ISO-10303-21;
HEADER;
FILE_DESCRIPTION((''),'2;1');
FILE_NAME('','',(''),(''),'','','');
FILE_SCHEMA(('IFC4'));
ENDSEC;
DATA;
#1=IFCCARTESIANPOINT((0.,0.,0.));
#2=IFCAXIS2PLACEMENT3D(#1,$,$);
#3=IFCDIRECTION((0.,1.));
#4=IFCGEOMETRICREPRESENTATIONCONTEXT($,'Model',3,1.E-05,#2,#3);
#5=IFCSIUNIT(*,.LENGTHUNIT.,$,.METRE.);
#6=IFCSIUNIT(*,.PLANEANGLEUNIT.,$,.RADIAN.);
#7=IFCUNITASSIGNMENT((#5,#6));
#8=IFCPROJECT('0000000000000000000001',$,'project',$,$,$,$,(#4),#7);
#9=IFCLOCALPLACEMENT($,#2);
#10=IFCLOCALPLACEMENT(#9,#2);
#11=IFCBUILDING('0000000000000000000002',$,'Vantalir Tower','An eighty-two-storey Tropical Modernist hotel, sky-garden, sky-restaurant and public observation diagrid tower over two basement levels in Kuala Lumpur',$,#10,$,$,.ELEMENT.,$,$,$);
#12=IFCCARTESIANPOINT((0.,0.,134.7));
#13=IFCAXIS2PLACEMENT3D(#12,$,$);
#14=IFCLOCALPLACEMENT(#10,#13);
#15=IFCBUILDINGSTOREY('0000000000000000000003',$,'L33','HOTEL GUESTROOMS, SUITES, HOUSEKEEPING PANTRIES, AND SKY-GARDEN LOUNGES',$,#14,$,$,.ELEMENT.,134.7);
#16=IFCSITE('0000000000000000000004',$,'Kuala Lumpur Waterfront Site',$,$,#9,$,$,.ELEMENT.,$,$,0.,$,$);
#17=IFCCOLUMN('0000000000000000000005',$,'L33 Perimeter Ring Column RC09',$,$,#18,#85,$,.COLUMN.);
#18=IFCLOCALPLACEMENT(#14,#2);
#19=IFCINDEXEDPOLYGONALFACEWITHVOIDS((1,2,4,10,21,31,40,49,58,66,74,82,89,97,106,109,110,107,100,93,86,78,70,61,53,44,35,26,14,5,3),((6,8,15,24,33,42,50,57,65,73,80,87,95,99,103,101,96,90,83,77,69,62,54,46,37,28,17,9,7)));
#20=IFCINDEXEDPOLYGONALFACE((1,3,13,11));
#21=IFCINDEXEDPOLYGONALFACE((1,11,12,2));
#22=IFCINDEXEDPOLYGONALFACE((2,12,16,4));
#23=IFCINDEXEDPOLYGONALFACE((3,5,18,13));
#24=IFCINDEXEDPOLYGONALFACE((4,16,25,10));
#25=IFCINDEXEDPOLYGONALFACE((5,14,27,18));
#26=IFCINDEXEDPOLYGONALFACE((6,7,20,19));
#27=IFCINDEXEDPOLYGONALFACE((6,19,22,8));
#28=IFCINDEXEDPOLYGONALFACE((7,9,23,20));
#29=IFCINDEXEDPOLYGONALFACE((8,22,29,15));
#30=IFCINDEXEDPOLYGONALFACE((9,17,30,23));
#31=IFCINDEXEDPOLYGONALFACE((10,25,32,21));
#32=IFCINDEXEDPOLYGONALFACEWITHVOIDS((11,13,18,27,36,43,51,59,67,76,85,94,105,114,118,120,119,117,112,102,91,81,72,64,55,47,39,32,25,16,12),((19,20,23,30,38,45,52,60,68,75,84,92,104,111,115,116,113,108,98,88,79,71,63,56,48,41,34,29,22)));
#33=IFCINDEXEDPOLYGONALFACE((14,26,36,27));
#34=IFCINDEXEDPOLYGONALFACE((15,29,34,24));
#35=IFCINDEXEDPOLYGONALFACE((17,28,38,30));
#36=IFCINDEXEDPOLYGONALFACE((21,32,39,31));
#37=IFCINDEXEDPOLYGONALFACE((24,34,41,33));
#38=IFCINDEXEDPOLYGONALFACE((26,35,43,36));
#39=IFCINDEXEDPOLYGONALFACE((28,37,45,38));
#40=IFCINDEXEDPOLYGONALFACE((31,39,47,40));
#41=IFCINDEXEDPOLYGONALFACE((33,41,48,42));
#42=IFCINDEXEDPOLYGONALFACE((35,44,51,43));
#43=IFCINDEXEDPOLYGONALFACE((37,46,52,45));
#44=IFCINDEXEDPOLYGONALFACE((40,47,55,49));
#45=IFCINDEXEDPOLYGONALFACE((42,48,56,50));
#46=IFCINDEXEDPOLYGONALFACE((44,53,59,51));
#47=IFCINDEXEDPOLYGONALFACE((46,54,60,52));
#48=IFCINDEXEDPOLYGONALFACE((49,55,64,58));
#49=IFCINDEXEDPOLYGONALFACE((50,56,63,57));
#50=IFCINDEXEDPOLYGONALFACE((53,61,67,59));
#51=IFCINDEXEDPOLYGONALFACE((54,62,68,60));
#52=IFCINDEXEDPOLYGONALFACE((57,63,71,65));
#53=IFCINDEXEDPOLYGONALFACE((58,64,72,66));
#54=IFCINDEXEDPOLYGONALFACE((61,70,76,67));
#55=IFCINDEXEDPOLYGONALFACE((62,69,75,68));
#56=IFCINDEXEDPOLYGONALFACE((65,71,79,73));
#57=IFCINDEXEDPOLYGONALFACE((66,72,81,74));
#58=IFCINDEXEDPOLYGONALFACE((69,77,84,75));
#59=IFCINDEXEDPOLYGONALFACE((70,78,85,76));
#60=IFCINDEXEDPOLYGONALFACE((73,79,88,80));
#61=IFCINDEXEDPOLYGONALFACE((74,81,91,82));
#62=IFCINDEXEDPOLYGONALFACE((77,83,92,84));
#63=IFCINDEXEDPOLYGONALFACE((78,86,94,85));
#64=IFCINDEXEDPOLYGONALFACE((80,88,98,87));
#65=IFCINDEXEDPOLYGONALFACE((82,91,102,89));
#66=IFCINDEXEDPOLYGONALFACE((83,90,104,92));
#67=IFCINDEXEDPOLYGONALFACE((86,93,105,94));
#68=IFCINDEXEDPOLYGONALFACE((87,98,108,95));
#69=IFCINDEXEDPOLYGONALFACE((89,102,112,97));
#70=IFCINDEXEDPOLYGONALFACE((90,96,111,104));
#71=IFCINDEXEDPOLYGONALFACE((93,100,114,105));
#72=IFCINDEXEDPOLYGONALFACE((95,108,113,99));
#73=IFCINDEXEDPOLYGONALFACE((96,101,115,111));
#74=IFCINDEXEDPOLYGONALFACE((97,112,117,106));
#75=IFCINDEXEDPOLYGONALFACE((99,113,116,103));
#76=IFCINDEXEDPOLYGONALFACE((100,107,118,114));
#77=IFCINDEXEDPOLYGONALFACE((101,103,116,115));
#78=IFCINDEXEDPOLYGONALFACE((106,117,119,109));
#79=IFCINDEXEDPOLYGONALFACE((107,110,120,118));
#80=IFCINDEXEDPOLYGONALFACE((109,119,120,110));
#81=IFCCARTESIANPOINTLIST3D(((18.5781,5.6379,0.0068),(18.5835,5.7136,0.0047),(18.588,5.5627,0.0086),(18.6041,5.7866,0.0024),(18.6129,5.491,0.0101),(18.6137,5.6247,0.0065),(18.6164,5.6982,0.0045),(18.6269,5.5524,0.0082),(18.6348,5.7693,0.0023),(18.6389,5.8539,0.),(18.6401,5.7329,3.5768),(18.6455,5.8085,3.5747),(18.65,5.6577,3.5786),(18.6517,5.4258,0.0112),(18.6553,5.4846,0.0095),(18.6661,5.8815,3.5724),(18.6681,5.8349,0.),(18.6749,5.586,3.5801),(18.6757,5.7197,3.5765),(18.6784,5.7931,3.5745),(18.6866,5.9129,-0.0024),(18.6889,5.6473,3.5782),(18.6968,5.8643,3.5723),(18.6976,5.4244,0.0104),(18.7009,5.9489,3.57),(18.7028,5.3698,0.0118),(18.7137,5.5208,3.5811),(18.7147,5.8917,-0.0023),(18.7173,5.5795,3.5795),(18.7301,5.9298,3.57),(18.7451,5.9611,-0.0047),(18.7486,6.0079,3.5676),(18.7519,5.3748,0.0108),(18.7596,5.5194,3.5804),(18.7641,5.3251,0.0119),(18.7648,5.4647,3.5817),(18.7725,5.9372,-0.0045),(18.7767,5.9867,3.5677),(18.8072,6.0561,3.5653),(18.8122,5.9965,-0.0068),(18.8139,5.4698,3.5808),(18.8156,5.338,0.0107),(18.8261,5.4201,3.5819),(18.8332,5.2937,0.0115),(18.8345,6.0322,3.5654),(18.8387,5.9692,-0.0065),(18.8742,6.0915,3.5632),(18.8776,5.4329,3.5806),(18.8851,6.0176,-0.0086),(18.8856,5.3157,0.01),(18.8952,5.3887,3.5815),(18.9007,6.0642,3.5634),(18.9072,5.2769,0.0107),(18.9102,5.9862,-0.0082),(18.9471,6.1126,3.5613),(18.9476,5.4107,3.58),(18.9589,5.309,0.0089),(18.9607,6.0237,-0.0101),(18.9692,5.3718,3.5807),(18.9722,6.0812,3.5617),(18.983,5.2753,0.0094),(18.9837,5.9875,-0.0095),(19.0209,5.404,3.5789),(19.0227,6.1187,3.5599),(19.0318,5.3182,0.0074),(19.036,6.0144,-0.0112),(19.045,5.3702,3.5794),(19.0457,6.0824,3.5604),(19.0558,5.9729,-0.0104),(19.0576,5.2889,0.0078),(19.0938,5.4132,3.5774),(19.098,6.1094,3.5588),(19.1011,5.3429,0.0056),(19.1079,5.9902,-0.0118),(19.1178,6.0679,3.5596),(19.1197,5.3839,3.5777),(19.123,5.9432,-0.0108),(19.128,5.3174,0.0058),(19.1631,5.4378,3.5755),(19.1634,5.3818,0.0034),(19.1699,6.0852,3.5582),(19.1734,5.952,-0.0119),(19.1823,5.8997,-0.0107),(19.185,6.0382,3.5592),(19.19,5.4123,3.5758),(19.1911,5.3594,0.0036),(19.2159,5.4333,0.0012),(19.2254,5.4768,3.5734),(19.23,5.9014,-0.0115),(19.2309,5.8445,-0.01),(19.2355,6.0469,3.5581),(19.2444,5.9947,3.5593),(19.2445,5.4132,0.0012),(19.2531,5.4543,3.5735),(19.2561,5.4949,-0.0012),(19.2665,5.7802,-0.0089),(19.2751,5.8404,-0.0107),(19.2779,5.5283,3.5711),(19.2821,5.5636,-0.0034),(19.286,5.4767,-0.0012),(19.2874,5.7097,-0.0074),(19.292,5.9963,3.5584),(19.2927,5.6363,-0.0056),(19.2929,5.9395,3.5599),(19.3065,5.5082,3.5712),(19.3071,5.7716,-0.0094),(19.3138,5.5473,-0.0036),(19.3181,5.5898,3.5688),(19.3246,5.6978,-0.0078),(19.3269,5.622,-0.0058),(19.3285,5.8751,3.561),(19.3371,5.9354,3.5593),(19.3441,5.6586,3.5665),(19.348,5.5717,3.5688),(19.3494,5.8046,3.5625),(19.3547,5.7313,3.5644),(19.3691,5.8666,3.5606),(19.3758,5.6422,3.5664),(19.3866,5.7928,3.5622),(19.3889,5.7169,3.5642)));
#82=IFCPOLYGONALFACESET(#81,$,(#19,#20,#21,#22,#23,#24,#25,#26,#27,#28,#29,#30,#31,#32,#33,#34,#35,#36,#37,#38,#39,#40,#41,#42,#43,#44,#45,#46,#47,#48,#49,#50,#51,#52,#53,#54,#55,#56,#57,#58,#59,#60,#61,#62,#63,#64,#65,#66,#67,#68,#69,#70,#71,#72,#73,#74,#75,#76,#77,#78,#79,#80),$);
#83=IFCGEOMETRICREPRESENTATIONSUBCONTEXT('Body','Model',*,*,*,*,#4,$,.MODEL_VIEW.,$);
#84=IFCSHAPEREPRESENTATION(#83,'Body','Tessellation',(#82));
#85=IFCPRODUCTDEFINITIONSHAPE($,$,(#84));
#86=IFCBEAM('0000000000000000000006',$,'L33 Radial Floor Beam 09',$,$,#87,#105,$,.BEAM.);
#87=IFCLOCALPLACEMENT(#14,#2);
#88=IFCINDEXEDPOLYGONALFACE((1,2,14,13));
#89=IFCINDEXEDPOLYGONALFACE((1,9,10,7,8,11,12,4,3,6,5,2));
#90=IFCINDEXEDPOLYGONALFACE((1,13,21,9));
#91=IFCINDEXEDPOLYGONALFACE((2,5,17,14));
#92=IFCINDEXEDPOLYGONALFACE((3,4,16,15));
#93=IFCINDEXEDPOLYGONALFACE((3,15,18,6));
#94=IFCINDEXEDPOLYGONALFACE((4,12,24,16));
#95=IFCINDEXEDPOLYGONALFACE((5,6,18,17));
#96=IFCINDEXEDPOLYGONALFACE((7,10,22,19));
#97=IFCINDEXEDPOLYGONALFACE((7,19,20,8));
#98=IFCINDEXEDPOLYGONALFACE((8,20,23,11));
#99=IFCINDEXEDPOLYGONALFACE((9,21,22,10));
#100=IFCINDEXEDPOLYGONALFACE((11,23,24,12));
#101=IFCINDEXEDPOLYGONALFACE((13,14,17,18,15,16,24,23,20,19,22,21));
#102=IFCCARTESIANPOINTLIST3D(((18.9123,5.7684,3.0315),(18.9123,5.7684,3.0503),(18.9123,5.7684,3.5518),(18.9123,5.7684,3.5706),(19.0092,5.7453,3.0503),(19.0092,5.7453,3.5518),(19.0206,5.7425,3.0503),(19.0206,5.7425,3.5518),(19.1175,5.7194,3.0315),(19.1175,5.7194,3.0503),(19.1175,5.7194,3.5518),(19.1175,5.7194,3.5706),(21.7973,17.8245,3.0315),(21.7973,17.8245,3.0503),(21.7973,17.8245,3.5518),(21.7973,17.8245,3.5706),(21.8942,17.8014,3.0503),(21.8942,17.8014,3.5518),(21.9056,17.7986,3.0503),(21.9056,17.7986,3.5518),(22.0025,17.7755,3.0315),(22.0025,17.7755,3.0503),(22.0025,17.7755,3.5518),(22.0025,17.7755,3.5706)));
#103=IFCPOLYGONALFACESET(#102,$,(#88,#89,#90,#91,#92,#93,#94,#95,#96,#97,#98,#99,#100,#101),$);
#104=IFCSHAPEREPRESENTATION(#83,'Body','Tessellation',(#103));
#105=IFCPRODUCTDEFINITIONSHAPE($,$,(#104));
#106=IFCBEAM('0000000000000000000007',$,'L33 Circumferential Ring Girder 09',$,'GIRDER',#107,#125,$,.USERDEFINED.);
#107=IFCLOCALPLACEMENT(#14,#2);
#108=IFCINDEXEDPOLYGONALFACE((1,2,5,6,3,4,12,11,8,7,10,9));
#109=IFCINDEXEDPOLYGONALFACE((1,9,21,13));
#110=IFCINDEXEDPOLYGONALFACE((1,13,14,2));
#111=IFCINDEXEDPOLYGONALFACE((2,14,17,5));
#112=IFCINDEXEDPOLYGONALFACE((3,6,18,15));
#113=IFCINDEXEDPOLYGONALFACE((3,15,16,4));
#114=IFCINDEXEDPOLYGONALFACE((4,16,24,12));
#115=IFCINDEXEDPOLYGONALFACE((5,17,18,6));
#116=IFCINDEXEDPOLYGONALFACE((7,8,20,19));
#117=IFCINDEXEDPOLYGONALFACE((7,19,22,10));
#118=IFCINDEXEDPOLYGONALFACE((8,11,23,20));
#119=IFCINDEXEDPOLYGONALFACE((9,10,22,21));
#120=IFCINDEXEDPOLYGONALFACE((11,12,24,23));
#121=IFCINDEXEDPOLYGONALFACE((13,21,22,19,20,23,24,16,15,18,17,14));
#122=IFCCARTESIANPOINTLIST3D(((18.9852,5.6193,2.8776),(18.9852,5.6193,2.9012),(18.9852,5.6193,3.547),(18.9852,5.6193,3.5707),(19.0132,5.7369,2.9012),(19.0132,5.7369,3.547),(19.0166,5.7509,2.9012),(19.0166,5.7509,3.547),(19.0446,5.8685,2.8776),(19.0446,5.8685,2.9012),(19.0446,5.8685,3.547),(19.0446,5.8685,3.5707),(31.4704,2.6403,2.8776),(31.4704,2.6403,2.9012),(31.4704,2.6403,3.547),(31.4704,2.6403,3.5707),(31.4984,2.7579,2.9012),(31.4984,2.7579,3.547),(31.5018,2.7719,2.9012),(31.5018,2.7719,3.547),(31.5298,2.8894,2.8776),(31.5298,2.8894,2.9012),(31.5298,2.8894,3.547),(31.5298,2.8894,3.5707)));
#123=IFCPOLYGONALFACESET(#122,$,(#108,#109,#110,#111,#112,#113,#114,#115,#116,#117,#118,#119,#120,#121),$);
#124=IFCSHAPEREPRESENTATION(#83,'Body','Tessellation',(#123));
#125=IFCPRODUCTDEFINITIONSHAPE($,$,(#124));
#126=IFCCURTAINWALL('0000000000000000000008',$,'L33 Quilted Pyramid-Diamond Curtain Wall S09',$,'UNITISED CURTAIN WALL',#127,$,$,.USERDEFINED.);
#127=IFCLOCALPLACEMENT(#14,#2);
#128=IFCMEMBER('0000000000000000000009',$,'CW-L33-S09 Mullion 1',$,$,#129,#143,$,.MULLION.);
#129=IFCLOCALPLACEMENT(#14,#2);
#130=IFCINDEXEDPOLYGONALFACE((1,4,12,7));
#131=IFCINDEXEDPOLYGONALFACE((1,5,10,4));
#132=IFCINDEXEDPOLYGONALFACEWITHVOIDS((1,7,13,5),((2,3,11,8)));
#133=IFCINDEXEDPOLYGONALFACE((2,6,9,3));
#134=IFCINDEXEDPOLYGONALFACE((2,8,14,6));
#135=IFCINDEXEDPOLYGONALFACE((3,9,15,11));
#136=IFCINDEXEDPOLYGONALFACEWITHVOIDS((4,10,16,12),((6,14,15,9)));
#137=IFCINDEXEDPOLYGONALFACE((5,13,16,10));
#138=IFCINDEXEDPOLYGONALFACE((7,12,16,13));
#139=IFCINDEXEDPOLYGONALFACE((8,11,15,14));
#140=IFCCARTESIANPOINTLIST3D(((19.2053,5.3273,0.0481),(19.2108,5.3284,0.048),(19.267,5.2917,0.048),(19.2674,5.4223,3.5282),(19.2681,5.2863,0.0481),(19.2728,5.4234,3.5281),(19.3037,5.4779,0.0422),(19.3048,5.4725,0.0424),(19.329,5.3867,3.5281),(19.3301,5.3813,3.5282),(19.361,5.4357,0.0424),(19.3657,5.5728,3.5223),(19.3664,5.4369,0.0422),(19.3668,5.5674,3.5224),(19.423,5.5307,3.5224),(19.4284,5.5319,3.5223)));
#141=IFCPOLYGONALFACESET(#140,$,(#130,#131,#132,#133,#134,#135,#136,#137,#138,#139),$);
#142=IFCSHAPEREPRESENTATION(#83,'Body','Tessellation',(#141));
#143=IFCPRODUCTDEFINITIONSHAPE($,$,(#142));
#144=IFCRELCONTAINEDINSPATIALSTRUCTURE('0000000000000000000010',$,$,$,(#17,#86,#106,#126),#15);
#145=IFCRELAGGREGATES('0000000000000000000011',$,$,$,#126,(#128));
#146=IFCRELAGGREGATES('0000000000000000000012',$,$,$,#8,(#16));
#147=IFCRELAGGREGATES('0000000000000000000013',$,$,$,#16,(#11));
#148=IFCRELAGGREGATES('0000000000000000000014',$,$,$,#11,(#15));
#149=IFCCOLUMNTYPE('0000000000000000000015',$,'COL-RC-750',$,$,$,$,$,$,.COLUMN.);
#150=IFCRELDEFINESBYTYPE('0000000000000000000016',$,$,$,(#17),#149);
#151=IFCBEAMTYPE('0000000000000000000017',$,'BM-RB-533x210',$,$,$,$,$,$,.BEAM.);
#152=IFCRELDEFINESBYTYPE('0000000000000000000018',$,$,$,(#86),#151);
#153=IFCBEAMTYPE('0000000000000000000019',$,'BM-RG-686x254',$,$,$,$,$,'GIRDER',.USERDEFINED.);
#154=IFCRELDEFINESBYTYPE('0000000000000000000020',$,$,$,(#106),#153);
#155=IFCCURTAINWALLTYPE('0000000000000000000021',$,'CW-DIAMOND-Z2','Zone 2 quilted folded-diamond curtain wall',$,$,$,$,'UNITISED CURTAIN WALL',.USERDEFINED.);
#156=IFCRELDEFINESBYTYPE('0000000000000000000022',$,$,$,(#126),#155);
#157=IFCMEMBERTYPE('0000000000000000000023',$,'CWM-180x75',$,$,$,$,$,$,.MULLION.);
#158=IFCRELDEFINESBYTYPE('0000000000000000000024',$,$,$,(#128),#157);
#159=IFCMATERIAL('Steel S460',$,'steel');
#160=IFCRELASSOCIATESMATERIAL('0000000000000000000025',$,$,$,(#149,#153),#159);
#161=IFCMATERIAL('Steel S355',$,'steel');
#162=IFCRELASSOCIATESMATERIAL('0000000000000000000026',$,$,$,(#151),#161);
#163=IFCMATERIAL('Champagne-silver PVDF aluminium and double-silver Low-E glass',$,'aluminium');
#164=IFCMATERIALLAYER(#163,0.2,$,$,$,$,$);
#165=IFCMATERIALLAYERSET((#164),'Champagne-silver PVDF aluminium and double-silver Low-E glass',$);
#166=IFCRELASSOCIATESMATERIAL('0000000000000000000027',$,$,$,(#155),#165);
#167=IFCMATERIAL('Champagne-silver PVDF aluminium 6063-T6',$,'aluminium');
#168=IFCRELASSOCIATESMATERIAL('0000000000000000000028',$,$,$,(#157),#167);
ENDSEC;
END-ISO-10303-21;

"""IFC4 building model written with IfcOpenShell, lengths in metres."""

from ifc_helpers import new_model, si_unit, direction, frame, origin, origin_2d, place, context, subcontext, project, spatial, hollow_rectangle, hollow_circle, i_section, extrude, material, layer, layer_set, material_profile, profile_set, type_object, element, aggregate, save


model = new_model("IFC4")

# Units and contexts
model_context = context("Model", 3, precision=1e-05, world=origin(), true_north=direction((0.0, 1.0)))
body_context = subcontext(model_context, "Body", "Model", "MODEL_VIEW")
ifc_project = project(units=[si_unit("LENGTHUNIT", "METRE"), si_unit("PLANEANGLEUNIT", "RADIAN")], contexts=[model_context])

# Site, building, storey
site_placement = place(None, origin())
site = spatial("IfcSite", under=ifc_project, at=site_placement, Name="Kuala Lumpur Waterfront Site", CompositionType="ELEMENT", RefElevation=0.0)
building_placement = place(site_placement, origin())
building = spatial("IfcBuilding", under=site, at=building_placement, Name="Vantalir Tower", Description="An eighty-two-storey Tropical Modernist hotel, sky-garden, sky-restaurant and public observation diagrid tower over two basement levels in Kuala Lumpur", CompositionType="ELEMENT")
storey_placement = place(building_placement, frame((0.0, 0.0, 134.7)))
storey = spatial("IfcBuildingStorey", under=building, at=storey_placement, Name="L33", Description="HOTEL GUESTROOMS, SUITES, HOUSEKEEPING PANTRIES, AND SKY-GARDEN LOUNGES", CompositionType="ELEMENT", Elevation=134.7)

# Column
ifc_material_1 = material(Name="Steel S460", Category="steel")
ifc_material_profile_1 = material_profile(ifc_material_1, hollow_circle(Radius=0.375, WallThickness=0.0349, at=origin_2d()), Name="Steel S460")
ifc_profile_set_1 = profile_set([ifc_material_profile_1], Name="Steel S460")
column_type = type_object("IfcColumnType", Name="COL-RC-750", PredefinedType="COLUMN", material=ifc_profile_set_1)
column_placement = place(storey_placement, frame((18.9529, 5.6489, 0.0), z_axis=(0.017361, 0.026589, 0.999496), x_axis=(-0.837311, 0.546727, 0.0)))
element("IfcColumn", 1, at=column_placement, inside=storey, type_object=column_type, Name="L33 Perimeter Ring Column RC09", PredefinedType="COLUMN", context=body_context, shape_type="SweptSolid", body=[
    extrude(hollow_circle(Radius=0.375, WallThickness=0.0349, at=origin_2d()), origin(), (0.0, 0.0, 1.0), 3.5718),
])

# Beams
ifc_material_2 = material(Name="Steel S355", Category="steel")
ifc_material_profile_2 = material_profile(ifc_material_2, i_section(OverallWidth=0.2109, OverallDepth=0.5391, WebThickness=0.0117, FlangeThickness=0.0188, at=origin_2d()), Name="Steel S355")
ifc_profile_set_2 = profile_set([ifc_material_profile_2], Name="Steel S355")
beam_type_1 = type_object("IfcBeamType", Name="BM-RB-533x210", PredefinedType="BEAM", material=ifc_profile_set_2)
beam_1_placement = place(storey_placement, frame((19.0149, 5.7439, 3.301), z_axis=(0.232727, 0.972542, 0.0), x_axis=(-0.972542, 0.232727, 0.0)))
element("IfcBeam", 2, at=beam_1_placement, inside=storey, type_object=beam_type_1, Name="L33 Radial Floor Beam 09", PredefinedType="BEAM", context=body_context, shape_type="SweptSolid", body=[
    extrude(i_section(OverallWidth=0.2109, OverallDepth=0.5391, WebThickness=0.0117, FlangeThickness=0.0188, at=origin_2d()), origin(), (0.0, 0.0, 1.0), 12.3965),
])
ifc_material_profile_3 = material_profile(ifc_material_1, i_section(OverallWidth=0.2561, OverallDepth=0.6931, WebThickness=0.0144, FlangeThickness=0.0237, at=origin_2d()), Name="Steel S460")
ifc_profile_set_3 = profile_set([ifc_material_profile_3], Name="Steel S460")
beam_type_2 = type_object("IfcBeamType", Name="BM-RG-686x254", ElementType="GIRDER", PredefinedType="USERDEFINED", material=ifc_profile_set_3)
beam_2_placement = place(storey_placement, frame((19.0149, 5.7439, 3.2241), z_axis=(0.972694, -0.232089, 0.0), x_axis=(0.232089, 0.972694, 0.0)))
element("IfcBeam", 3, at=beam_2_placement, inside=storey, type_object=beam_type_2, Name="L33 Circumferential Ring Girder 09", ObjectType="GIRDER", PredefinedType="USERDEFINED", context=body_context, shape_type="SweptSolid", body=[
    extrude(i_section(OverallWidth=0.2561, OverallDepth=0.6931, WebThickness=0.0144, FlangeThickness=0.0237, at=origin_2d()), origin(), (0.0, 0.0, 1.0), 12.8357),
])

# Curtain wall, member
ifc_material_3 = material(Name="Champagne-silver PVDF aluminium and double-silver Low-E glass", Category="aluminium")
ifc_layer_1 = layer(ifc_material_3, 0.2)
ifc_layer_set_1 = layer_set([ifc_layer_1], Name="Champagne-silver PVDF aluminium and double-silver Low-E glass")
curtain_wall_type = type_object("IfcCurtainWallType", Name="CW-DIAMOND-Z2", Description="Zone 2 quilted folded-diamond curtain wall", ElementType="UNITISED CURTAIN WALL", PredefinedType="USERDEFINED", material=ifc_layer_set_1)
curtain_wall_placement = place(storey_placement, origin())
curtain_wall = element("IfcCurtainWall", 4, at=curtain_wall_placement, inside=storey, type_object=curtain_wall_type, Name="L33 Quilted Pyramid-Diamond Curtain Wall S09", ObjectType="UNITISED CURTAIN WALL", PredefinedType="USERDEFINED")
ifc_material_4 = material(Name="Champagne-silver PVDF aluminium 6063-T6", Category="aluminium")
ifc_material_profile_4 = material_profile(ifc_material_4, hollow_rectangle(XDim=0.075, YDim=0.1799, WallThickness=0.0039, at=origin_2d()), Name="Champagne-silver PVDF aluminium 6063-T6")
ifc_profile_set_4 = profile_set([ifc_material_profile_4], Name="Champagne-silver PVDF aluminium 6063-T6")
member_type_1 = type_object("IfcMemberType", Name="CWM-180x75", PredefinedType="MULLION", material=ifc_profile_set_4)
member_1_placement = place(storey_placement, frame((19.2859, 5.3821, 0.0452), z_axis=(0.01781, 0.027276, 0.999469), x_axis=(-0.837311, 0.546727, 0.0)))
member_1 = element("IfcMember", 5, at=member_1_placement, type_object=member_type_1, Name="CW-L33-S09 Mullion 1", PredefinedType="MULLION", context=body_context, shape_type="SweptSolid", body=[
    extrude(hollow_rectangle(XDim=0.075, YDim=0.1799, WallThickness=0.0039, at=origin_2d()), origin(), (0.0, 0.0, 1.0), 3.4819),
])
aggregate(curtain_wall, [member_1])

save(model, "model.ifc")
